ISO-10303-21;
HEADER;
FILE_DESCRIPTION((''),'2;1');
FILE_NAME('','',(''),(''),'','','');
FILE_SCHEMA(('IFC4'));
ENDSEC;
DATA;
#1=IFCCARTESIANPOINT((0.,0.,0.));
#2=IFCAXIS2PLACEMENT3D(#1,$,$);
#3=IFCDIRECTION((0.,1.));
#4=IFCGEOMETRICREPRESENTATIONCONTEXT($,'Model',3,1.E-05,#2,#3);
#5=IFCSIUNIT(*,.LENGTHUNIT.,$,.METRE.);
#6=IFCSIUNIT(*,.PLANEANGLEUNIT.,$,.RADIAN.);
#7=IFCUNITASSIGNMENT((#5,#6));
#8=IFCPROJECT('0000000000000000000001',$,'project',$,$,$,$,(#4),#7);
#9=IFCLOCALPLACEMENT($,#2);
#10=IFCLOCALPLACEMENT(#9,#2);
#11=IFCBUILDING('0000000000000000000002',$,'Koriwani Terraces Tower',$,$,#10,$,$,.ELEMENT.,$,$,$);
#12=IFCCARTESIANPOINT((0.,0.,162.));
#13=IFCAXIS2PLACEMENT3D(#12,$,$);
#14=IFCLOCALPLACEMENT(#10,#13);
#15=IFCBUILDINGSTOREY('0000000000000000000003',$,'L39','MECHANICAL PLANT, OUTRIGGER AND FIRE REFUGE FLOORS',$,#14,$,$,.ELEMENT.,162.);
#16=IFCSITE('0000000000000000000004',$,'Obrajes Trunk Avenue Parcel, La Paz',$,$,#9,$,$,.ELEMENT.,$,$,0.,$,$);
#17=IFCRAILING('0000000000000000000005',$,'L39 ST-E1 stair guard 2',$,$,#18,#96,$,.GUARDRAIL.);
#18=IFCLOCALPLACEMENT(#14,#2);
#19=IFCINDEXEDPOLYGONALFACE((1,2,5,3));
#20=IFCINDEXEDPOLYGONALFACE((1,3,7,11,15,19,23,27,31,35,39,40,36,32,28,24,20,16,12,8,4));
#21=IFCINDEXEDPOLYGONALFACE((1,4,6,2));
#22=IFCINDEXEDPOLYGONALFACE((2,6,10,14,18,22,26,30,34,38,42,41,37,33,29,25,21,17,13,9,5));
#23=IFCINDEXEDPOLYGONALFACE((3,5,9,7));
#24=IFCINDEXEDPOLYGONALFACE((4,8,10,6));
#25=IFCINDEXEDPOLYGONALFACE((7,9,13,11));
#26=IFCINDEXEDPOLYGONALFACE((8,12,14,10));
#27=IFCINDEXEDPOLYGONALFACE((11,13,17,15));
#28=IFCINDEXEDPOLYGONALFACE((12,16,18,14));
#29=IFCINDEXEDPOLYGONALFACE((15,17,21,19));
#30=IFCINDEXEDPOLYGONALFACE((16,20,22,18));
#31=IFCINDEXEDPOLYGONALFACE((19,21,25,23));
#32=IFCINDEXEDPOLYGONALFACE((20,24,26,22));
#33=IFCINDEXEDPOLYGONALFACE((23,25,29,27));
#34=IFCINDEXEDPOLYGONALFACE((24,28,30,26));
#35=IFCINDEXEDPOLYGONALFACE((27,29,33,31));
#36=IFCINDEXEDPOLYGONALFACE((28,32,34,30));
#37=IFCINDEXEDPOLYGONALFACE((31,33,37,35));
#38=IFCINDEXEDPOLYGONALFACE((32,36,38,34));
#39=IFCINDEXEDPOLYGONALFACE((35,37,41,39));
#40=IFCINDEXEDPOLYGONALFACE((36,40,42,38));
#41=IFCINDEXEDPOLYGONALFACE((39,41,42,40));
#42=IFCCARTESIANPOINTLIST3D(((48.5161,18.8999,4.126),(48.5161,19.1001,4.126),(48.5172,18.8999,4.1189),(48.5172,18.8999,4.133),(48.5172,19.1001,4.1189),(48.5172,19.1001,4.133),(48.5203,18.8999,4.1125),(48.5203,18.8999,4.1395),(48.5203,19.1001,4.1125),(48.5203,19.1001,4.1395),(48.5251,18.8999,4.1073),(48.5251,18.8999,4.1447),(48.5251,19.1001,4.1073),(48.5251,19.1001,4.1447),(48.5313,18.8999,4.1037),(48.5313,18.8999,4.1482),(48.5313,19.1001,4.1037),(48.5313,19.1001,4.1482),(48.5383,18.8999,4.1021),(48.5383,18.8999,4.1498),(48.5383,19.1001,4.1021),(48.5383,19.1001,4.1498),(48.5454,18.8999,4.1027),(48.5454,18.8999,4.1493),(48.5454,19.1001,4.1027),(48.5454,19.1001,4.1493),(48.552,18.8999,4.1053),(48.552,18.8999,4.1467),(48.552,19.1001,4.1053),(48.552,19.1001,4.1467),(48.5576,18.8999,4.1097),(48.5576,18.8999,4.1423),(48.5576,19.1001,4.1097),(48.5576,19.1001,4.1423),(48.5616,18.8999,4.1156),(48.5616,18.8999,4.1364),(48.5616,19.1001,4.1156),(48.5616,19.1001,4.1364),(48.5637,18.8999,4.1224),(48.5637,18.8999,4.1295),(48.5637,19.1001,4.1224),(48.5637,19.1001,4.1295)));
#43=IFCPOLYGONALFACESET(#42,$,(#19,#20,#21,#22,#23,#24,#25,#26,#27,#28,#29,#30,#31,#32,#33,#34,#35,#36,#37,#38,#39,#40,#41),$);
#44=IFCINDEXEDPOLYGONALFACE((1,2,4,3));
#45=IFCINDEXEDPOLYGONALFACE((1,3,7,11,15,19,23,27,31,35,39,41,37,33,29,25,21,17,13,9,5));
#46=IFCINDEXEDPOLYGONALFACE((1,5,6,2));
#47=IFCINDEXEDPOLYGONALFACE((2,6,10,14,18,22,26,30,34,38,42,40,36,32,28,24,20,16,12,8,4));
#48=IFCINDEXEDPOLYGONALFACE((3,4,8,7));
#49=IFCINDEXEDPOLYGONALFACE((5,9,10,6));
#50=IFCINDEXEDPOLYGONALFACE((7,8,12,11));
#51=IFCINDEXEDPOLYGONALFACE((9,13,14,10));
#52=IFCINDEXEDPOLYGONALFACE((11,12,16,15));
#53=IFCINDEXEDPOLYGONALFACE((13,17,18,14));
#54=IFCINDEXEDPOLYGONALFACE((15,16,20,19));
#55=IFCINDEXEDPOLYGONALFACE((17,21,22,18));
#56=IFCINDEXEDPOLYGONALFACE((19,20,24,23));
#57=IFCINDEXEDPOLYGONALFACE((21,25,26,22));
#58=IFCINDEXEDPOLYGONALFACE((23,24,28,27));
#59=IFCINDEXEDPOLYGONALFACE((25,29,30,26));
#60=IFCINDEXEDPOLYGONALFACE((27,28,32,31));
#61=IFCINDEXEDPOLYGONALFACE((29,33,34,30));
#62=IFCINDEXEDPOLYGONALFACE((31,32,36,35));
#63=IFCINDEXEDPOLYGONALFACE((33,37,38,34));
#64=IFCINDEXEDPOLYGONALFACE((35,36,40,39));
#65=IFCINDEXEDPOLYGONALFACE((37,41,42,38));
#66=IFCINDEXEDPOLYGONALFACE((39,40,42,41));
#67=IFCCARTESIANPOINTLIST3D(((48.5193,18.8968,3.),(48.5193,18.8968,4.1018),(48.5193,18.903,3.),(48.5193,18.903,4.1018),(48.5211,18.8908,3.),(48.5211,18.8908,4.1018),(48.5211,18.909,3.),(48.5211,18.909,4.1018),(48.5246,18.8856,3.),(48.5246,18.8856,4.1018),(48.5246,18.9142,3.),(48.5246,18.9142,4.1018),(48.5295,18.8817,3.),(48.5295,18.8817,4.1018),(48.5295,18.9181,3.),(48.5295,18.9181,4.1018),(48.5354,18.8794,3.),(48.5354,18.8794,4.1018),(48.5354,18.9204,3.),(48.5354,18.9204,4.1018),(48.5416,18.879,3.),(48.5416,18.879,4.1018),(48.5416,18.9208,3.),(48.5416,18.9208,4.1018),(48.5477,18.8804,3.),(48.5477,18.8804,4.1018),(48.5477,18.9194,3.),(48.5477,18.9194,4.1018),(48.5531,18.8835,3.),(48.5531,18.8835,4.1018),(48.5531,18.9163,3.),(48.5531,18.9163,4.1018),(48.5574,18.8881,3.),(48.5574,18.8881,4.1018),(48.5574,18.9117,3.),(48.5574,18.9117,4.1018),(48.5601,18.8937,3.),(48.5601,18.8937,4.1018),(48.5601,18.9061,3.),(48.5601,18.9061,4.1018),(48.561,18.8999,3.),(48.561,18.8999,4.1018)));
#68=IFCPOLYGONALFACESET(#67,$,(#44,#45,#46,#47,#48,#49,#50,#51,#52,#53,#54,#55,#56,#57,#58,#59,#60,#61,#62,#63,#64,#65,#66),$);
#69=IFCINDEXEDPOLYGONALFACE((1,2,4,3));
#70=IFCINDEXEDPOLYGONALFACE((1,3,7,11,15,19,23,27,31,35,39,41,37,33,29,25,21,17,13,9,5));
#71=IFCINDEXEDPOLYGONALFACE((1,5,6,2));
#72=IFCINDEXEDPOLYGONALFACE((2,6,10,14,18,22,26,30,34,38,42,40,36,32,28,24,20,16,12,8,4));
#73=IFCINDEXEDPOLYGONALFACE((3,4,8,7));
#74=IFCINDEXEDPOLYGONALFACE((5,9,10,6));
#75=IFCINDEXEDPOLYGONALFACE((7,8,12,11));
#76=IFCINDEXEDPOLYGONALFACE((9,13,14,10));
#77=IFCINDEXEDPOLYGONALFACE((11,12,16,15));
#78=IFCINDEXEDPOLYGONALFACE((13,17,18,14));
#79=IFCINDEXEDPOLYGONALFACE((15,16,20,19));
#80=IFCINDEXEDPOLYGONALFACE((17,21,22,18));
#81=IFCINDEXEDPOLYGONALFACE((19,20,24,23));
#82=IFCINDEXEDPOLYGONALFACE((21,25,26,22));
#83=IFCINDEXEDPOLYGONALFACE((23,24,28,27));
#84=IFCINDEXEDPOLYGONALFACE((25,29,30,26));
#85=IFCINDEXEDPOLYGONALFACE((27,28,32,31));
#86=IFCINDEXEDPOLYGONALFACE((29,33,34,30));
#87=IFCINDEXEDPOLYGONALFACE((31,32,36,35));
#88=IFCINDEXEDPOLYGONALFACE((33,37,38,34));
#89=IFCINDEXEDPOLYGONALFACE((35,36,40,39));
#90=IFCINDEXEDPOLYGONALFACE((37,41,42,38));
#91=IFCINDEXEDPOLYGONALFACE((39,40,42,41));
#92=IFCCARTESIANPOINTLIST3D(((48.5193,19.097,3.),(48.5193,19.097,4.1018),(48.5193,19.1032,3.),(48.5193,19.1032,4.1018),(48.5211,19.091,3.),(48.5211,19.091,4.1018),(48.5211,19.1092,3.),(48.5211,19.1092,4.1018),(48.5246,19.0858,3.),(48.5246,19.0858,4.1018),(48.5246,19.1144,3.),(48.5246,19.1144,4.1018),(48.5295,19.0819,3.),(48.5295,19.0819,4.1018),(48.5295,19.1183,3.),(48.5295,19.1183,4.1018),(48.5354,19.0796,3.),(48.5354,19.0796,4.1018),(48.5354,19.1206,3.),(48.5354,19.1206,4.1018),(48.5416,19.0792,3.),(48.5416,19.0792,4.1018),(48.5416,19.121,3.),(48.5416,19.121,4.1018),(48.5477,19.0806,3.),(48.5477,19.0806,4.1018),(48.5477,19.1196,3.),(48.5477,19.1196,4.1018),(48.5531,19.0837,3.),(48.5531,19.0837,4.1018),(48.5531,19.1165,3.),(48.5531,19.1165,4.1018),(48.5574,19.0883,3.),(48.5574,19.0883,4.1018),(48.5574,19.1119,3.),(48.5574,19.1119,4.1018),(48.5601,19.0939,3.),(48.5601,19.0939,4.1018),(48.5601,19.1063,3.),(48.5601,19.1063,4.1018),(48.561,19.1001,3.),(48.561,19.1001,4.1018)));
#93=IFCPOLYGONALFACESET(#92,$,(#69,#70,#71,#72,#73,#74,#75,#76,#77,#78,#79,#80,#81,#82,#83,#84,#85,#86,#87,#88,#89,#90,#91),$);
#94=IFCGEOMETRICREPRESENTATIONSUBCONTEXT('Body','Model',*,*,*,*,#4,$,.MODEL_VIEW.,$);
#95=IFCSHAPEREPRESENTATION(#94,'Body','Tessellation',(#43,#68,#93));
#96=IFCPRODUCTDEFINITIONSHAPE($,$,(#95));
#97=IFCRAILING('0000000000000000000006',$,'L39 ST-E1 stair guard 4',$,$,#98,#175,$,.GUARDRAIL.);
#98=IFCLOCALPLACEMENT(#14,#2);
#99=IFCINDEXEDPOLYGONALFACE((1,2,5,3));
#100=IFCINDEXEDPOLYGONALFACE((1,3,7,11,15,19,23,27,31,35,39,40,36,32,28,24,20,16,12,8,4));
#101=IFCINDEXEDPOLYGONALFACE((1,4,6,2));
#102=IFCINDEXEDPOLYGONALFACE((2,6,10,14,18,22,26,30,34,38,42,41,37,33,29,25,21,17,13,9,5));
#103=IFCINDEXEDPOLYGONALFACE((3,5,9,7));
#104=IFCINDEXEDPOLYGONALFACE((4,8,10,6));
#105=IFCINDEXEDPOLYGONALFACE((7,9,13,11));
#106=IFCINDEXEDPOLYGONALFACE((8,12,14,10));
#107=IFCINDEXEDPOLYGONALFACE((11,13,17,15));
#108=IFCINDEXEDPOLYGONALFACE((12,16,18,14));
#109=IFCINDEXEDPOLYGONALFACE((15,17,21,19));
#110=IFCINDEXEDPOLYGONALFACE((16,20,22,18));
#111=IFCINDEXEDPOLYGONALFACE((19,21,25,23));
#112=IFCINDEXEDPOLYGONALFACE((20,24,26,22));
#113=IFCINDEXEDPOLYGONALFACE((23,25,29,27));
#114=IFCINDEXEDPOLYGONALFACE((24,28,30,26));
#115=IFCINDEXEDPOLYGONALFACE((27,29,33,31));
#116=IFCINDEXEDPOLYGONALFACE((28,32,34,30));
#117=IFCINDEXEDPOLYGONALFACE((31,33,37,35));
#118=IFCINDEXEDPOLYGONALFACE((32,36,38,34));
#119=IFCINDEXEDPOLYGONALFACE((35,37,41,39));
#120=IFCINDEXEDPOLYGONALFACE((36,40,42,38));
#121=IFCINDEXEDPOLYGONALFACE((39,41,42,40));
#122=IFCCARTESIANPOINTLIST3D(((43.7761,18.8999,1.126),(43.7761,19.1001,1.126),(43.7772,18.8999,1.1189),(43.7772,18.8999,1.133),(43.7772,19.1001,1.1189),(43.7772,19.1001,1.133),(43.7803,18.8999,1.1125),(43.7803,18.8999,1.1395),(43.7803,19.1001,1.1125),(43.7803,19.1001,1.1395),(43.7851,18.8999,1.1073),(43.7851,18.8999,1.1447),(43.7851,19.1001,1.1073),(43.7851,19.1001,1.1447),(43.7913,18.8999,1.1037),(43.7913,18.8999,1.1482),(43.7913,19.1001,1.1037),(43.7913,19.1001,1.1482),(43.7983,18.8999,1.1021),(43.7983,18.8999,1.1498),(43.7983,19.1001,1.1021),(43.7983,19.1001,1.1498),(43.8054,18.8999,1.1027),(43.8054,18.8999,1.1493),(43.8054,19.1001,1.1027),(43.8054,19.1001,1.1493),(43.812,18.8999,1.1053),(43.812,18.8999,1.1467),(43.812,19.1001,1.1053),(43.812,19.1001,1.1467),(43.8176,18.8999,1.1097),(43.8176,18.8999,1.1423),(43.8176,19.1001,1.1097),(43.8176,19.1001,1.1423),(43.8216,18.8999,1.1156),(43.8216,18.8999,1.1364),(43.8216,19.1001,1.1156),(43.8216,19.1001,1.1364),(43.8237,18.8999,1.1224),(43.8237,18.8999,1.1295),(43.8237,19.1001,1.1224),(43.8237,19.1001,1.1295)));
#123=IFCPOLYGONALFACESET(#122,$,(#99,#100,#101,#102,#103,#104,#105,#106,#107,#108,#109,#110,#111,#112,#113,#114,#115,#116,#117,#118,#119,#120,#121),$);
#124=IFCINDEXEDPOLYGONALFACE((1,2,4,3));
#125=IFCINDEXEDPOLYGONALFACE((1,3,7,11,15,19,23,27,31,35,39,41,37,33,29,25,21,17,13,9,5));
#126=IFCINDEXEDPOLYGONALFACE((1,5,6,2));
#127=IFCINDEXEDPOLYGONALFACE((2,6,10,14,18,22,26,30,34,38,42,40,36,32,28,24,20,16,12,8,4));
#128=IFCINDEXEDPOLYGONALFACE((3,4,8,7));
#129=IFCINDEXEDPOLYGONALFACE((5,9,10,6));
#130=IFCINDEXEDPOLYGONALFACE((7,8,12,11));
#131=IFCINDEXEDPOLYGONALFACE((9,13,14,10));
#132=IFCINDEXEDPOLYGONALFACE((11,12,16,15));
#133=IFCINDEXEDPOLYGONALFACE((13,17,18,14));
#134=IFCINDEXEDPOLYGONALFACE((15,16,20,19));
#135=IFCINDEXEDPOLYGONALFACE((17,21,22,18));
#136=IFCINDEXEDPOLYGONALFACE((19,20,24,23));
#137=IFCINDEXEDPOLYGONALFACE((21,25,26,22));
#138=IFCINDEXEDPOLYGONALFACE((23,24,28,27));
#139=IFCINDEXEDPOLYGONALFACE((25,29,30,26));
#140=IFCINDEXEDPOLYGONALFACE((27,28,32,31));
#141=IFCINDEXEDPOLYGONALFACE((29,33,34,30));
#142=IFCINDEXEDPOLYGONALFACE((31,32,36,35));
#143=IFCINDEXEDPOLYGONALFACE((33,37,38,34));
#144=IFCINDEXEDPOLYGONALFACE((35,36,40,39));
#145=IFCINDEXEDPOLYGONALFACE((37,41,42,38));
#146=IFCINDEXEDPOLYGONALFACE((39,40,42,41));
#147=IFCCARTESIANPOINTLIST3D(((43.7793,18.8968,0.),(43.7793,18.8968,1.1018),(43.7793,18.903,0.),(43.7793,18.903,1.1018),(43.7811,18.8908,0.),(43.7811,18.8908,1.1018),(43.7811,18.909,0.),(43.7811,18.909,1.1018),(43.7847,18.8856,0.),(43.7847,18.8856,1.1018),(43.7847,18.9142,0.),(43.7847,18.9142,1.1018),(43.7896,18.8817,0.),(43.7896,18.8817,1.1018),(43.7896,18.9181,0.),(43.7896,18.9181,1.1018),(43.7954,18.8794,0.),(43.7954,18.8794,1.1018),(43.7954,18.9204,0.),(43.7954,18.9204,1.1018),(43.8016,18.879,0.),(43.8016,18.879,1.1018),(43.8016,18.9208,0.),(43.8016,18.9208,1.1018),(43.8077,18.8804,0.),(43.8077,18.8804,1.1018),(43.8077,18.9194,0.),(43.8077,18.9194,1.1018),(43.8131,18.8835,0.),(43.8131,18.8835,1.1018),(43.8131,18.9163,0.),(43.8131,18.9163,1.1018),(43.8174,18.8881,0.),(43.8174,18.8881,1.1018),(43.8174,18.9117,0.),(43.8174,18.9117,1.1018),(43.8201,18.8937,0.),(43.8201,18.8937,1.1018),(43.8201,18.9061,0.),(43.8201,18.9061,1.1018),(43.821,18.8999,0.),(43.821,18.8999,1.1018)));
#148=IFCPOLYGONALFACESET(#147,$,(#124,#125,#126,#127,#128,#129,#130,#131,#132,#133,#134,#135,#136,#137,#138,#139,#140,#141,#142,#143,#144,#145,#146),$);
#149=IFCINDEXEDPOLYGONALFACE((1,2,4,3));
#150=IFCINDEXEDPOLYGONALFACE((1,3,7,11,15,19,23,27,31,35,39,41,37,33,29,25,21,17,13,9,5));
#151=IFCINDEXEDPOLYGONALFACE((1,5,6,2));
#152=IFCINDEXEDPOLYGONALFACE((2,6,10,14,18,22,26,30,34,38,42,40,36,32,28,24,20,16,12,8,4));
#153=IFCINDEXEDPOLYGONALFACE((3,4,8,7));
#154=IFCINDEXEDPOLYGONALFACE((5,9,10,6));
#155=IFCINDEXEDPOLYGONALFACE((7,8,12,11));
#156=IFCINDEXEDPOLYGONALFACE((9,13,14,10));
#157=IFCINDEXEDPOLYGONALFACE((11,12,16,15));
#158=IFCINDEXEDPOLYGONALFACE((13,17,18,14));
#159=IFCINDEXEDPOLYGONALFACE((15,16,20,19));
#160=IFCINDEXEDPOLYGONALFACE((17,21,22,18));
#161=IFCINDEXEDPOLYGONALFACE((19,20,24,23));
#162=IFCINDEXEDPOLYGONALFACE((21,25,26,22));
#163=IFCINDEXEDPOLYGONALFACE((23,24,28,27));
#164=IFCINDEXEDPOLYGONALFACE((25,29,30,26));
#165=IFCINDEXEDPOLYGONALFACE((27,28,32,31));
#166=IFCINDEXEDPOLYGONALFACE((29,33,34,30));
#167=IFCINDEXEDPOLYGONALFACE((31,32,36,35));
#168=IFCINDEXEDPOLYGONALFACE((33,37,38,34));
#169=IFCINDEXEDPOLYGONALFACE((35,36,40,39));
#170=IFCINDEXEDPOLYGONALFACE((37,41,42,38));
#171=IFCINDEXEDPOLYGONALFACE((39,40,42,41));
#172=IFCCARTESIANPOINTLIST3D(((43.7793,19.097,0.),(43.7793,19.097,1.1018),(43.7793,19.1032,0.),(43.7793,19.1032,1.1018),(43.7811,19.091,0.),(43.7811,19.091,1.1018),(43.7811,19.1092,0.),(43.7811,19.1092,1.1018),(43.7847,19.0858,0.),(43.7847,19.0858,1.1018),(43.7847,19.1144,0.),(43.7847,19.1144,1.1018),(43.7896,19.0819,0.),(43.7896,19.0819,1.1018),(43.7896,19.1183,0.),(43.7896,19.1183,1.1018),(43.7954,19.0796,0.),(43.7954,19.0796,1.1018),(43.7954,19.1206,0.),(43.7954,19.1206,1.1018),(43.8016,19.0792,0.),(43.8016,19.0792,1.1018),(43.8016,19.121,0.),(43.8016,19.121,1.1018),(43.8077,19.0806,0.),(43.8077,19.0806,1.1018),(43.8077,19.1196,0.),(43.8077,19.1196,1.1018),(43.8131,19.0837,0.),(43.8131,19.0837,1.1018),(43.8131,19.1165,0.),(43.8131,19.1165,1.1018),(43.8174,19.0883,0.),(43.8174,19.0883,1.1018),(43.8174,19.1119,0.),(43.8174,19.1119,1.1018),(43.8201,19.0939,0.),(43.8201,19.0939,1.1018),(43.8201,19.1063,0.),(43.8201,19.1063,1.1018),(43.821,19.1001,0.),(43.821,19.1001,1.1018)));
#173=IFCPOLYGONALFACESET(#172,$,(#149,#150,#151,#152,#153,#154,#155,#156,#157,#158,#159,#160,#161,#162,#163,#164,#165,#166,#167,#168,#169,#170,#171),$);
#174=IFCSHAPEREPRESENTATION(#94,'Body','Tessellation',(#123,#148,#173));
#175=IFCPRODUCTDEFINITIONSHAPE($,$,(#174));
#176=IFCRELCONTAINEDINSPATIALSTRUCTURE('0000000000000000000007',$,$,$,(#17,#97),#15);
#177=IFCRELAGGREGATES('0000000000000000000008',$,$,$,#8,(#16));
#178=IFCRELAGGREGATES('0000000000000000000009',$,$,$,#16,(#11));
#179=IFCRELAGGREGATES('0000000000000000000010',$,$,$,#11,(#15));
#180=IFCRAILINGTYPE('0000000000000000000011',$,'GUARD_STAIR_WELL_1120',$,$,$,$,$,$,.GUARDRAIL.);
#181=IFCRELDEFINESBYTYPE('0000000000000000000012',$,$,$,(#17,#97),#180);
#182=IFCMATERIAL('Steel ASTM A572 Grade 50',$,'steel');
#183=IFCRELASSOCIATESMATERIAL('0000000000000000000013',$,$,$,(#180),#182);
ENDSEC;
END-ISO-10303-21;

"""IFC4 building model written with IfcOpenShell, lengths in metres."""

from ifc_helpers import new_model, si_unit, direction, frame, origin, origin_2d, place, context, subcontext, project, spatial, circle, extrude, material, type_object, element, save


model = new_model("IFC4")

# Units and contexts
model_context = context("Model", 3, precision=1e-05, world=origin(), true_north=direction((0.0, 1.0)))
body_context = subcontext(model_context, "Body", "Model", "MODEL_VIEW")
ifc_project = project(units=[si_unit("LENGTHUNIT", "METRE"), si_unit("PLANEANGLEUNIT", "RADIAN")], contexts=[model_context])

# Site, building, storey
site_placement = place(None, origin())
site = spatial("IfcSite", under=ifc_project, at=site_placement, Name="Obrajes Trunk Avenue Parcel, La Paz", CompositionType="ELEMENT", RefElevation=0.0)
building_placement = place(site_placement, origin())
building = spatial("IfcBuilding", under=site, at=building_placement, Name="Koriwani Terraces Tower", CompositionType="ELEMENT")
storey_placement = place(building_placement, frame((0.0, 0.0, 162.0)))
storey = spatial("IfcBuildingStorey", under=building, at=storey_placement, Name="L39", Description="MECHANICAL PLANT, OUTRIGGER AND FIRE REFUGE FLOORS", CompositionType="ELEMENT", Elevation=162.0)

# Shared definitions
ifc_material_1 = material(Name="Steel ASTM A572 Grade 50", Category="steel")

# Railings
railing_type_1 = type_object("IfcRailingType", Name="GUARD_STAIR_WELL_1120", PredefinedType="GUARDRAIL", material=ifc_material_1)
for number, where, name in (
    (1, (48.54, 18.8999, 3.0), "L39 ST-E1 stair guard 2"),
    (2, (43.8, 18.8999, 0.0), "L39 ST-E1 stair guard 4"),
):
    element("IfcRailing", number, at=place(storey_placement, frame(where)), inside=storey, type_object=railing_type_1, Name=name, PredefinedType="GUARDRAIL", context=body_context, shape_type="SweptSolid", body=[
        extrude(circle(Radius=0.0239, at=origin_2d()), frame((0.0, 0.0, 1.126), z_axis=(0.0, 1.0, 0.0), x_axis=(-1.0, 0.0, 0.0)), (0.0, 0.0, 1.0), 0.2002),
        extrude(circle(Radius=0.021, at=origin_2d()), origin(), (0.0, 0.0, 1.0), 1.1018),
        extrude(circle(Radius=0.021, at=origin_2d()), frame((0.0, 0.2002, 0.0)), (0.0, 0.0, 1.0), 1.1018),
    ])

save(model, "model.ifc")
